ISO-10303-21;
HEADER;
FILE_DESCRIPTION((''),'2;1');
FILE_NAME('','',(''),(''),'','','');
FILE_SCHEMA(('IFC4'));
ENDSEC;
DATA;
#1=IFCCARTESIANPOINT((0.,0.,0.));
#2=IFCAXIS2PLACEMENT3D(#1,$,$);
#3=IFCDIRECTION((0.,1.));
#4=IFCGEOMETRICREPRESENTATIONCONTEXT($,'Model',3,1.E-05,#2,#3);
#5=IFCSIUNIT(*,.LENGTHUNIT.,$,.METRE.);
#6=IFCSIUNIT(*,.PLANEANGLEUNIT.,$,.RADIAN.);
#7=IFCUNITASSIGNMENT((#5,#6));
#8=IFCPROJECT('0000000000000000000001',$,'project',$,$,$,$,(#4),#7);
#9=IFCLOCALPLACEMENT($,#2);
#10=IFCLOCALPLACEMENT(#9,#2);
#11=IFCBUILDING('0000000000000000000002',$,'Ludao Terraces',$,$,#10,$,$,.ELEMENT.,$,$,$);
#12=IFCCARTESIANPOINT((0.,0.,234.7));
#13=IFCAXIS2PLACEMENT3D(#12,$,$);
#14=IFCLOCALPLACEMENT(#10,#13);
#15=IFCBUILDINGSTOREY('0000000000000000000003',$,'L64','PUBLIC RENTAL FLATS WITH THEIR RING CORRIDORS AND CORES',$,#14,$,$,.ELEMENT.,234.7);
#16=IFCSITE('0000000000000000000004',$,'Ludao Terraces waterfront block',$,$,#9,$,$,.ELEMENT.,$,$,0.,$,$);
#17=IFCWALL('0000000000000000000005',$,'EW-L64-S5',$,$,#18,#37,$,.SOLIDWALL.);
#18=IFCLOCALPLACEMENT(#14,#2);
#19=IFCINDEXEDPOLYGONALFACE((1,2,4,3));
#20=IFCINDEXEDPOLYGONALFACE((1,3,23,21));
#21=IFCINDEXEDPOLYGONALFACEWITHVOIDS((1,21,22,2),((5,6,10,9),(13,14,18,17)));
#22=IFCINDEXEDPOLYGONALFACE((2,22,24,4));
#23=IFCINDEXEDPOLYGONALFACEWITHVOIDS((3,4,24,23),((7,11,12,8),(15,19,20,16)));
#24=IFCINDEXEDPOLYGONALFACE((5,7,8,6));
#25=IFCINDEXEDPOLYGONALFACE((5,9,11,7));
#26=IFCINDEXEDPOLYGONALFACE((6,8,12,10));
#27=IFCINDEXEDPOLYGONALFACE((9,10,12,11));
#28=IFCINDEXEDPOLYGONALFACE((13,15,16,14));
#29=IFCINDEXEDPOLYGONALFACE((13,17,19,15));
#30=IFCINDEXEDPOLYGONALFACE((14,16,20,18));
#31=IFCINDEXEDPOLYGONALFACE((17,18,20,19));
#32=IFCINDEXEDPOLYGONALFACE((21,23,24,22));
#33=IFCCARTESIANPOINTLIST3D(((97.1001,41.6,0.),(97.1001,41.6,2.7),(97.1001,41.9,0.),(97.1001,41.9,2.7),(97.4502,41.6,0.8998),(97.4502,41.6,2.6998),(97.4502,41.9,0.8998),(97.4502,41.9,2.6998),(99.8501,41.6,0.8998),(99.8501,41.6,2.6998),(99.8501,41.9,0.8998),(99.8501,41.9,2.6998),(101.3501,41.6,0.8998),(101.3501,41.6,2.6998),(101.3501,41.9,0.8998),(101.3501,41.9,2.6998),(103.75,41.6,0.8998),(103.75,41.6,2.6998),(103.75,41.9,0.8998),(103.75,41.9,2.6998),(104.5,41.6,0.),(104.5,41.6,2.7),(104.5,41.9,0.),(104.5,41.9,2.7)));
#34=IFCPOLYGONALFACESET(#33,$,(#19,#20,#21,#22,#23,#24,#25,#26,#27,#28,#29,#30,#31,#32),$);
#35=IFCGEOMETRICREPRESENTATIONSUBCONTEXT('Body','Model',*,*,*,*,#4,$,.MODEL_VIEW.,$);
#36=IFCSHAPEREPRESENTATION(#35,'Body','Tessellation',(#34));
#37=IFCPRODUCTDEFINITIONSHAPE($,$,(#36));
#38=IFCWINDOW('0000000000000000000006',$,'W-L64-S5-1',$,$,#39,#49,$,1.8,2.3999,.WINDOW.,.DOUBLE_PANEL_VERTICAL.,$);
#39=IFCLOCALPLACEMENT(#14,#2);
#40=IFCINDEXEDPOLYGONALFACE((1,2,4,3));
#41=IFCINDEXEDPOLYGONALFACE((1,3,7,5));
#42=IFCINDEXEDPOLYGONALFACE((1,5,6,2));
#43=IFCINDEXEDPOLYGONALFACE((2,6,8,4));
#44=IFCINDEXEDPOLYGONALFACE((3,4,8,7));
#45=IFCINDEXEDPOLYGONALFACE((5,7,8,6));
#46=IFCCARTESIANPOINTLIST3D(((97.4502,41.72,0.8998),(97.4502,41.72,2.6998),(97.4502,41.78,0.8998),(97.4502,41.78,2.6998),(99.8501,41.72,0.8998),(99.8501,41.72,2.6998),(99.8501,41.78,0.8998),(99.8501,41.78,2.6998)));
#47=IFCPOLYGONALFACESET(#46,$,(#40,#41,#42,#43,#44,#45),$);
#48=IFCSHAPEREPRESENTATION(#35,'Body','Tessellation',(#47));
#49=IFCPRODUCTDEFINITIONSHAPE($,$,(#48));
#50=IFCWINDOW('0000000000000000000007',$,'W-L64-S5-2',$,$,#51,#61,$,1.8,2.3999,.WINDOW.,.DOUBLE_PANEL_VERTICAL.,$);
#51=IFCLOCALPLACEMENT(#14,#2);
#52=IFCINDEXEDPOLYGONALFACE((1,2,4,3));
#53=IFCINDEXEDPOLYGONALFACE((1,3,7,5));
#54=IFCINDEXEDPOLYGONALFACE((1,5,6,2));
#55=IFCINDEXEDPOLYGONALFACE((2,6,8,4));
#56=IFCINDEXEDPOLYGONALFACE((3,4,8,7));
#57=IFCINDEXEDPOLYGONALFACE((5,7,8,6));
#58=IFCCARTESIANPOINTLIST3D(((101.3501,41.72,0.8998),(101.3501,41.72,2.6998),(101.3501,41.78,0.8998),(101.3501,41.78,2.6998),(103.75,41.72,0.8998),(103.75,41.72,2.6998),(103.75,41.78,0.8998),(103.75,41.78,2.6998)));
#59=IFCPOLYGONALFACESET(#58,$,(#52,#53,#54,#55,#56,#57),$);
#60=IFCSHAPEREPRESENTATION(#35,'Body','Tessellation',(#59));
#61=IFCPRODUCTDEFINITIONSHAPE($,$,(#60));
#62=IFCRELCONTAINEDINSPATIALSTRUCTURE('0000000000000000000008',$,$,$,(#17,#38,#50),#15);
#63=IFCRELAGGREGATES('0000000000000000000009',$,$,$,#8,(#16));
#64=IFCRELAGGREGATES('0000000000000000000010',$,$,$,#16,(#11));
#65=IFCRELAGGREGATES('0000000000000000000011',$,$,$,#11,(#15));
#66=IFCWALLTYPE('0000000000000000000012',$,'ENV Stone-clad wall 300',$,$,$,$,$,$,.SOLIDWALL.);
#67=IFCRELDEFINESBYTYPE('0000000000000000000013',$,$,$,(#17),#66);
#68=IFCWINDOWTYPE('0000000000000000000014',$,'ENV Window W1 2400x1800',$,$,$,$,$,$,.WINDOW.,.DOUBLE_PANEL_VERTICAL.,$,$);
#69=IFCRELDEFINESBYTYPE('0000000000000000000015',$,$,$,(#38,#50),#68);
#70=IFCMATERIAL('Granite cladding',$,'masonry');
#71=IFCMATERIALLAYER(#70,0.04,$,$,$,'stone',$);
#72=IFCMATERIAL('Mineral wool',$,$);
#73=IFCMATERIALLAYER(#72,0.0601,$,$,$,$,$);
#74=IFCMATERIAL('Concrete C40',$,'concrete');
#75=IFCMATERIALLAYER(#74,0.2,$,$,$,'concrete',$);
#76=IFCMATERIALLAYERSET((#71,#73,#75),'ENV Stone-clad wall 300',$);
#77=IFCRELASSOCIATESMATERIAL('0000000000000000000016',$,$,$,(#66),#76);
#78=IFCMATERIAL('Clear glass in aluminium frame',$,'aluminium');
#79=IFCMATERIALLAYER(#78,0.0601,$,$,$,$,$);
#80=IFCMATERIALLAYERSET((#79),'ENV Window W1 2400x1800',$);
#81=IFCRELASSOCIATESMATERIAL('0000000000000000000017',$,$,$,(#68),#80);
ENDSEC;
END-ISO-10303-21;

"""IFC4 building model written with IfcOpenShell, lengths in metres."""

from ifc_helpers import new_model, si_unit, direction, frame, frame_2d, origin, place, context, subcontext, project, spatial, rectangle, extrude, material, layer, layer_set, type_object, element, fill, save


model = new_model("IFC4")

# Units and contexts
model_context = context("Model", 3, precision=1e-05, world=origin(), true_north=direction((0.0, 1.0)))
body_context = subcontext(model_context, "Body", "Model", "MODEL_VIEW")
ifc_project = project(units=[si_unit("LENGTHUNIT", "METRE"), si_unit("PLANEANGLEUNIT", "RADIAN")], contexts=[model_context])

# Site, building, storey
site_placement = place(None, origin())
site = spatial("IfcSite", under=ifc_project, at=site_placement, Name="Ludao Terraces waterfront block", CompositionType="ELEMENT", RefElevation=0.0)
building_placement = place(site_placement, origin())
building = spatial("IfcBuilding", under=site, at=building_placement, Name="Ludao Terraces", CompositionType="ELEMENT")
storey_placement = place(building_placement, frame((0.0, 0.0, 234.7)))
storey = spatial("IfcBuildingStorey", under=building, at=storey_placement, Name="L64", Description="PUBLIC RENTAL FLATS WITH THEIR RING CORRIDORS AND CORES", CompositionType="ELEMENT", Elevation=234.7)

# Wall, openings, windows
ifc_material_1 = material(Name="Granite cladding", Category="masonry")
ifc_layer_1 = layer(ifc_material_1, 0.04, Category="stone")
ifc_material_2 = material(Name="Mineral wool")
ifc_layer_2 = layer(ifc_material_2, 0.0601)
ifc_material_3 = material(Name="Concrete C40", Category="concrete")
ifc_layer_3 = layer(ifc_material_3, 0.2, Category="concrete")
ifc_layer_set_1 = layer_set([ifc_layer_1, ifc_layer_2, ifc_layer_3], Name="ENV Stone-clad wall 300")
wall_type = type_object("IfcWallType", Name="ENV Stone-clad wall 300", PredefinedType="SOLIDWALL", material=ifc_layer_set_1)
wall_placement = place(storey_placement, frame((97.1001, 41.75, 0.0), z_axis=(0.0, 0.0, 1.0), x_axis=(1.0, 0.0, 0.0)))
wall = element("IfcWall", 1, at=wall_placement, inside=storey, type_object=wall_type, Name="EW-L64-S5", PredefinedType="SOLIDWALL", context=body_context, shape_type="SweptSolid", body=[
    extrude(rectangle(XDim=7.3999, YDim=0.3, at=frame_2d((3.7, 0.0))), origin(), (0.0, 0.0, 1.0), 2.7),
])
opening_1_placement = place(wall_placement, frame((0.3501, 0.0, 0.8999)))
opening_1 = element("IfcOpeningElement", 2, at=opening_1_placement, cuts=wall, PredefinedType="OPENING", context=body_context, shape_type="SweptSolid", body=[
    extrude(rectangle(XDim=2.3999, YDim=1.8, at=frame_2d((1.2, 0.8999))), frame((0.0, 0.1602, 0.0), z_axis=(0.0, -1.0, 0.0), x_axis=(1.0, 0.0, 0.0)), (0.0, 0.0, 1.0), 0.3201),
])
opening_2_placement = place(wall_placement, frame((4.25, 0.0, 0.8999)))
opening_2 = element("IfcOpeningElement", 3, at=opening_2_placement, cuts=wall, PredefinedType="OPENING", context=body_context, shape_type="SweptSolid", body=[
    extrude(rectangle(XDim=2.3999, YDim=1.8, at=frame_2d((1.2, 0.8999))), frame((0.0, 0.1602, 0.0), z_axis=(0.0, -1.0, 0.0), x_axis=(1.0, 0.0, 0.0)), (0.0, 0.0, 1.0), 0.3201),
])
ifc_material_4 = material(Name="Clear glass in aluminium frame", Category="aluminium")
ifc_layer_4 = layer(ifc_material_4, 0.0601)
ifc_layer_set_2 = layer_set([ifc_layer_4], Name="ENV Window W1 2400x1800")
window_type = type_object("IfcWindowType", Name="ENV Window W1 2400x1800", PartitioningType="DOUBLE_PANEL_VERTICAL", PredefinedType="WINDOW", material=ifc_layer_set_2)
window_1_placement = place(opening_1_placement, origin())
window_1 = element("IfcWindow", 4, at=window_1_placement, inside=storey, type_object=window_type, Name="W-L64-S5-1", OverallHeight=1.8, OverallWidth=2.3999, PartitioningType="DOUBLE_PANEL_VERTICAL", PredefinedType="WINDOW", context=body_context, shape_type="SweptSolid", body=[
    extrude(rectangle(XDim=2.3999, YDim=1.8, at=frame_2d((1.2, 0.8999))), frame((0.0, 0.03, 0.0), z_axis=(0.0, -1.0, 0.0), x_axis=(1.0, 0.0, 0.0)), (0.0, 0.0, 1.0), 0.0601),
])
fill(opening_1, window_1)
window_2_placement = place(opening_2_placement, origin())
window_2 = element("IfcWindow", 5, at=window_2_placement, inside=storey, type_object=window_type, Name="W-L64-S5-2", OverallHeight=1.8, OverallWidth=2.3999, PartitioningType="DOUBLE_PANEL_VERTICAL", PredefinedType="WINDOW", context=body_context, shape_type="SweptSolid", body=[
    extrude(rectangle(XDim=2.3999, YDim=1.8, at=frame_2d((1.2, 0.8999))), frame((0.0, 0.03, 0.0), z_axis=(0.0, -1.0, 0.0), x_axis=(1.0, 0.0, 0.0)), (0.0, 0.0, 1.0), 0.0601),
])
fill(opening_2, window_2)

save(model, "model.ifc")
